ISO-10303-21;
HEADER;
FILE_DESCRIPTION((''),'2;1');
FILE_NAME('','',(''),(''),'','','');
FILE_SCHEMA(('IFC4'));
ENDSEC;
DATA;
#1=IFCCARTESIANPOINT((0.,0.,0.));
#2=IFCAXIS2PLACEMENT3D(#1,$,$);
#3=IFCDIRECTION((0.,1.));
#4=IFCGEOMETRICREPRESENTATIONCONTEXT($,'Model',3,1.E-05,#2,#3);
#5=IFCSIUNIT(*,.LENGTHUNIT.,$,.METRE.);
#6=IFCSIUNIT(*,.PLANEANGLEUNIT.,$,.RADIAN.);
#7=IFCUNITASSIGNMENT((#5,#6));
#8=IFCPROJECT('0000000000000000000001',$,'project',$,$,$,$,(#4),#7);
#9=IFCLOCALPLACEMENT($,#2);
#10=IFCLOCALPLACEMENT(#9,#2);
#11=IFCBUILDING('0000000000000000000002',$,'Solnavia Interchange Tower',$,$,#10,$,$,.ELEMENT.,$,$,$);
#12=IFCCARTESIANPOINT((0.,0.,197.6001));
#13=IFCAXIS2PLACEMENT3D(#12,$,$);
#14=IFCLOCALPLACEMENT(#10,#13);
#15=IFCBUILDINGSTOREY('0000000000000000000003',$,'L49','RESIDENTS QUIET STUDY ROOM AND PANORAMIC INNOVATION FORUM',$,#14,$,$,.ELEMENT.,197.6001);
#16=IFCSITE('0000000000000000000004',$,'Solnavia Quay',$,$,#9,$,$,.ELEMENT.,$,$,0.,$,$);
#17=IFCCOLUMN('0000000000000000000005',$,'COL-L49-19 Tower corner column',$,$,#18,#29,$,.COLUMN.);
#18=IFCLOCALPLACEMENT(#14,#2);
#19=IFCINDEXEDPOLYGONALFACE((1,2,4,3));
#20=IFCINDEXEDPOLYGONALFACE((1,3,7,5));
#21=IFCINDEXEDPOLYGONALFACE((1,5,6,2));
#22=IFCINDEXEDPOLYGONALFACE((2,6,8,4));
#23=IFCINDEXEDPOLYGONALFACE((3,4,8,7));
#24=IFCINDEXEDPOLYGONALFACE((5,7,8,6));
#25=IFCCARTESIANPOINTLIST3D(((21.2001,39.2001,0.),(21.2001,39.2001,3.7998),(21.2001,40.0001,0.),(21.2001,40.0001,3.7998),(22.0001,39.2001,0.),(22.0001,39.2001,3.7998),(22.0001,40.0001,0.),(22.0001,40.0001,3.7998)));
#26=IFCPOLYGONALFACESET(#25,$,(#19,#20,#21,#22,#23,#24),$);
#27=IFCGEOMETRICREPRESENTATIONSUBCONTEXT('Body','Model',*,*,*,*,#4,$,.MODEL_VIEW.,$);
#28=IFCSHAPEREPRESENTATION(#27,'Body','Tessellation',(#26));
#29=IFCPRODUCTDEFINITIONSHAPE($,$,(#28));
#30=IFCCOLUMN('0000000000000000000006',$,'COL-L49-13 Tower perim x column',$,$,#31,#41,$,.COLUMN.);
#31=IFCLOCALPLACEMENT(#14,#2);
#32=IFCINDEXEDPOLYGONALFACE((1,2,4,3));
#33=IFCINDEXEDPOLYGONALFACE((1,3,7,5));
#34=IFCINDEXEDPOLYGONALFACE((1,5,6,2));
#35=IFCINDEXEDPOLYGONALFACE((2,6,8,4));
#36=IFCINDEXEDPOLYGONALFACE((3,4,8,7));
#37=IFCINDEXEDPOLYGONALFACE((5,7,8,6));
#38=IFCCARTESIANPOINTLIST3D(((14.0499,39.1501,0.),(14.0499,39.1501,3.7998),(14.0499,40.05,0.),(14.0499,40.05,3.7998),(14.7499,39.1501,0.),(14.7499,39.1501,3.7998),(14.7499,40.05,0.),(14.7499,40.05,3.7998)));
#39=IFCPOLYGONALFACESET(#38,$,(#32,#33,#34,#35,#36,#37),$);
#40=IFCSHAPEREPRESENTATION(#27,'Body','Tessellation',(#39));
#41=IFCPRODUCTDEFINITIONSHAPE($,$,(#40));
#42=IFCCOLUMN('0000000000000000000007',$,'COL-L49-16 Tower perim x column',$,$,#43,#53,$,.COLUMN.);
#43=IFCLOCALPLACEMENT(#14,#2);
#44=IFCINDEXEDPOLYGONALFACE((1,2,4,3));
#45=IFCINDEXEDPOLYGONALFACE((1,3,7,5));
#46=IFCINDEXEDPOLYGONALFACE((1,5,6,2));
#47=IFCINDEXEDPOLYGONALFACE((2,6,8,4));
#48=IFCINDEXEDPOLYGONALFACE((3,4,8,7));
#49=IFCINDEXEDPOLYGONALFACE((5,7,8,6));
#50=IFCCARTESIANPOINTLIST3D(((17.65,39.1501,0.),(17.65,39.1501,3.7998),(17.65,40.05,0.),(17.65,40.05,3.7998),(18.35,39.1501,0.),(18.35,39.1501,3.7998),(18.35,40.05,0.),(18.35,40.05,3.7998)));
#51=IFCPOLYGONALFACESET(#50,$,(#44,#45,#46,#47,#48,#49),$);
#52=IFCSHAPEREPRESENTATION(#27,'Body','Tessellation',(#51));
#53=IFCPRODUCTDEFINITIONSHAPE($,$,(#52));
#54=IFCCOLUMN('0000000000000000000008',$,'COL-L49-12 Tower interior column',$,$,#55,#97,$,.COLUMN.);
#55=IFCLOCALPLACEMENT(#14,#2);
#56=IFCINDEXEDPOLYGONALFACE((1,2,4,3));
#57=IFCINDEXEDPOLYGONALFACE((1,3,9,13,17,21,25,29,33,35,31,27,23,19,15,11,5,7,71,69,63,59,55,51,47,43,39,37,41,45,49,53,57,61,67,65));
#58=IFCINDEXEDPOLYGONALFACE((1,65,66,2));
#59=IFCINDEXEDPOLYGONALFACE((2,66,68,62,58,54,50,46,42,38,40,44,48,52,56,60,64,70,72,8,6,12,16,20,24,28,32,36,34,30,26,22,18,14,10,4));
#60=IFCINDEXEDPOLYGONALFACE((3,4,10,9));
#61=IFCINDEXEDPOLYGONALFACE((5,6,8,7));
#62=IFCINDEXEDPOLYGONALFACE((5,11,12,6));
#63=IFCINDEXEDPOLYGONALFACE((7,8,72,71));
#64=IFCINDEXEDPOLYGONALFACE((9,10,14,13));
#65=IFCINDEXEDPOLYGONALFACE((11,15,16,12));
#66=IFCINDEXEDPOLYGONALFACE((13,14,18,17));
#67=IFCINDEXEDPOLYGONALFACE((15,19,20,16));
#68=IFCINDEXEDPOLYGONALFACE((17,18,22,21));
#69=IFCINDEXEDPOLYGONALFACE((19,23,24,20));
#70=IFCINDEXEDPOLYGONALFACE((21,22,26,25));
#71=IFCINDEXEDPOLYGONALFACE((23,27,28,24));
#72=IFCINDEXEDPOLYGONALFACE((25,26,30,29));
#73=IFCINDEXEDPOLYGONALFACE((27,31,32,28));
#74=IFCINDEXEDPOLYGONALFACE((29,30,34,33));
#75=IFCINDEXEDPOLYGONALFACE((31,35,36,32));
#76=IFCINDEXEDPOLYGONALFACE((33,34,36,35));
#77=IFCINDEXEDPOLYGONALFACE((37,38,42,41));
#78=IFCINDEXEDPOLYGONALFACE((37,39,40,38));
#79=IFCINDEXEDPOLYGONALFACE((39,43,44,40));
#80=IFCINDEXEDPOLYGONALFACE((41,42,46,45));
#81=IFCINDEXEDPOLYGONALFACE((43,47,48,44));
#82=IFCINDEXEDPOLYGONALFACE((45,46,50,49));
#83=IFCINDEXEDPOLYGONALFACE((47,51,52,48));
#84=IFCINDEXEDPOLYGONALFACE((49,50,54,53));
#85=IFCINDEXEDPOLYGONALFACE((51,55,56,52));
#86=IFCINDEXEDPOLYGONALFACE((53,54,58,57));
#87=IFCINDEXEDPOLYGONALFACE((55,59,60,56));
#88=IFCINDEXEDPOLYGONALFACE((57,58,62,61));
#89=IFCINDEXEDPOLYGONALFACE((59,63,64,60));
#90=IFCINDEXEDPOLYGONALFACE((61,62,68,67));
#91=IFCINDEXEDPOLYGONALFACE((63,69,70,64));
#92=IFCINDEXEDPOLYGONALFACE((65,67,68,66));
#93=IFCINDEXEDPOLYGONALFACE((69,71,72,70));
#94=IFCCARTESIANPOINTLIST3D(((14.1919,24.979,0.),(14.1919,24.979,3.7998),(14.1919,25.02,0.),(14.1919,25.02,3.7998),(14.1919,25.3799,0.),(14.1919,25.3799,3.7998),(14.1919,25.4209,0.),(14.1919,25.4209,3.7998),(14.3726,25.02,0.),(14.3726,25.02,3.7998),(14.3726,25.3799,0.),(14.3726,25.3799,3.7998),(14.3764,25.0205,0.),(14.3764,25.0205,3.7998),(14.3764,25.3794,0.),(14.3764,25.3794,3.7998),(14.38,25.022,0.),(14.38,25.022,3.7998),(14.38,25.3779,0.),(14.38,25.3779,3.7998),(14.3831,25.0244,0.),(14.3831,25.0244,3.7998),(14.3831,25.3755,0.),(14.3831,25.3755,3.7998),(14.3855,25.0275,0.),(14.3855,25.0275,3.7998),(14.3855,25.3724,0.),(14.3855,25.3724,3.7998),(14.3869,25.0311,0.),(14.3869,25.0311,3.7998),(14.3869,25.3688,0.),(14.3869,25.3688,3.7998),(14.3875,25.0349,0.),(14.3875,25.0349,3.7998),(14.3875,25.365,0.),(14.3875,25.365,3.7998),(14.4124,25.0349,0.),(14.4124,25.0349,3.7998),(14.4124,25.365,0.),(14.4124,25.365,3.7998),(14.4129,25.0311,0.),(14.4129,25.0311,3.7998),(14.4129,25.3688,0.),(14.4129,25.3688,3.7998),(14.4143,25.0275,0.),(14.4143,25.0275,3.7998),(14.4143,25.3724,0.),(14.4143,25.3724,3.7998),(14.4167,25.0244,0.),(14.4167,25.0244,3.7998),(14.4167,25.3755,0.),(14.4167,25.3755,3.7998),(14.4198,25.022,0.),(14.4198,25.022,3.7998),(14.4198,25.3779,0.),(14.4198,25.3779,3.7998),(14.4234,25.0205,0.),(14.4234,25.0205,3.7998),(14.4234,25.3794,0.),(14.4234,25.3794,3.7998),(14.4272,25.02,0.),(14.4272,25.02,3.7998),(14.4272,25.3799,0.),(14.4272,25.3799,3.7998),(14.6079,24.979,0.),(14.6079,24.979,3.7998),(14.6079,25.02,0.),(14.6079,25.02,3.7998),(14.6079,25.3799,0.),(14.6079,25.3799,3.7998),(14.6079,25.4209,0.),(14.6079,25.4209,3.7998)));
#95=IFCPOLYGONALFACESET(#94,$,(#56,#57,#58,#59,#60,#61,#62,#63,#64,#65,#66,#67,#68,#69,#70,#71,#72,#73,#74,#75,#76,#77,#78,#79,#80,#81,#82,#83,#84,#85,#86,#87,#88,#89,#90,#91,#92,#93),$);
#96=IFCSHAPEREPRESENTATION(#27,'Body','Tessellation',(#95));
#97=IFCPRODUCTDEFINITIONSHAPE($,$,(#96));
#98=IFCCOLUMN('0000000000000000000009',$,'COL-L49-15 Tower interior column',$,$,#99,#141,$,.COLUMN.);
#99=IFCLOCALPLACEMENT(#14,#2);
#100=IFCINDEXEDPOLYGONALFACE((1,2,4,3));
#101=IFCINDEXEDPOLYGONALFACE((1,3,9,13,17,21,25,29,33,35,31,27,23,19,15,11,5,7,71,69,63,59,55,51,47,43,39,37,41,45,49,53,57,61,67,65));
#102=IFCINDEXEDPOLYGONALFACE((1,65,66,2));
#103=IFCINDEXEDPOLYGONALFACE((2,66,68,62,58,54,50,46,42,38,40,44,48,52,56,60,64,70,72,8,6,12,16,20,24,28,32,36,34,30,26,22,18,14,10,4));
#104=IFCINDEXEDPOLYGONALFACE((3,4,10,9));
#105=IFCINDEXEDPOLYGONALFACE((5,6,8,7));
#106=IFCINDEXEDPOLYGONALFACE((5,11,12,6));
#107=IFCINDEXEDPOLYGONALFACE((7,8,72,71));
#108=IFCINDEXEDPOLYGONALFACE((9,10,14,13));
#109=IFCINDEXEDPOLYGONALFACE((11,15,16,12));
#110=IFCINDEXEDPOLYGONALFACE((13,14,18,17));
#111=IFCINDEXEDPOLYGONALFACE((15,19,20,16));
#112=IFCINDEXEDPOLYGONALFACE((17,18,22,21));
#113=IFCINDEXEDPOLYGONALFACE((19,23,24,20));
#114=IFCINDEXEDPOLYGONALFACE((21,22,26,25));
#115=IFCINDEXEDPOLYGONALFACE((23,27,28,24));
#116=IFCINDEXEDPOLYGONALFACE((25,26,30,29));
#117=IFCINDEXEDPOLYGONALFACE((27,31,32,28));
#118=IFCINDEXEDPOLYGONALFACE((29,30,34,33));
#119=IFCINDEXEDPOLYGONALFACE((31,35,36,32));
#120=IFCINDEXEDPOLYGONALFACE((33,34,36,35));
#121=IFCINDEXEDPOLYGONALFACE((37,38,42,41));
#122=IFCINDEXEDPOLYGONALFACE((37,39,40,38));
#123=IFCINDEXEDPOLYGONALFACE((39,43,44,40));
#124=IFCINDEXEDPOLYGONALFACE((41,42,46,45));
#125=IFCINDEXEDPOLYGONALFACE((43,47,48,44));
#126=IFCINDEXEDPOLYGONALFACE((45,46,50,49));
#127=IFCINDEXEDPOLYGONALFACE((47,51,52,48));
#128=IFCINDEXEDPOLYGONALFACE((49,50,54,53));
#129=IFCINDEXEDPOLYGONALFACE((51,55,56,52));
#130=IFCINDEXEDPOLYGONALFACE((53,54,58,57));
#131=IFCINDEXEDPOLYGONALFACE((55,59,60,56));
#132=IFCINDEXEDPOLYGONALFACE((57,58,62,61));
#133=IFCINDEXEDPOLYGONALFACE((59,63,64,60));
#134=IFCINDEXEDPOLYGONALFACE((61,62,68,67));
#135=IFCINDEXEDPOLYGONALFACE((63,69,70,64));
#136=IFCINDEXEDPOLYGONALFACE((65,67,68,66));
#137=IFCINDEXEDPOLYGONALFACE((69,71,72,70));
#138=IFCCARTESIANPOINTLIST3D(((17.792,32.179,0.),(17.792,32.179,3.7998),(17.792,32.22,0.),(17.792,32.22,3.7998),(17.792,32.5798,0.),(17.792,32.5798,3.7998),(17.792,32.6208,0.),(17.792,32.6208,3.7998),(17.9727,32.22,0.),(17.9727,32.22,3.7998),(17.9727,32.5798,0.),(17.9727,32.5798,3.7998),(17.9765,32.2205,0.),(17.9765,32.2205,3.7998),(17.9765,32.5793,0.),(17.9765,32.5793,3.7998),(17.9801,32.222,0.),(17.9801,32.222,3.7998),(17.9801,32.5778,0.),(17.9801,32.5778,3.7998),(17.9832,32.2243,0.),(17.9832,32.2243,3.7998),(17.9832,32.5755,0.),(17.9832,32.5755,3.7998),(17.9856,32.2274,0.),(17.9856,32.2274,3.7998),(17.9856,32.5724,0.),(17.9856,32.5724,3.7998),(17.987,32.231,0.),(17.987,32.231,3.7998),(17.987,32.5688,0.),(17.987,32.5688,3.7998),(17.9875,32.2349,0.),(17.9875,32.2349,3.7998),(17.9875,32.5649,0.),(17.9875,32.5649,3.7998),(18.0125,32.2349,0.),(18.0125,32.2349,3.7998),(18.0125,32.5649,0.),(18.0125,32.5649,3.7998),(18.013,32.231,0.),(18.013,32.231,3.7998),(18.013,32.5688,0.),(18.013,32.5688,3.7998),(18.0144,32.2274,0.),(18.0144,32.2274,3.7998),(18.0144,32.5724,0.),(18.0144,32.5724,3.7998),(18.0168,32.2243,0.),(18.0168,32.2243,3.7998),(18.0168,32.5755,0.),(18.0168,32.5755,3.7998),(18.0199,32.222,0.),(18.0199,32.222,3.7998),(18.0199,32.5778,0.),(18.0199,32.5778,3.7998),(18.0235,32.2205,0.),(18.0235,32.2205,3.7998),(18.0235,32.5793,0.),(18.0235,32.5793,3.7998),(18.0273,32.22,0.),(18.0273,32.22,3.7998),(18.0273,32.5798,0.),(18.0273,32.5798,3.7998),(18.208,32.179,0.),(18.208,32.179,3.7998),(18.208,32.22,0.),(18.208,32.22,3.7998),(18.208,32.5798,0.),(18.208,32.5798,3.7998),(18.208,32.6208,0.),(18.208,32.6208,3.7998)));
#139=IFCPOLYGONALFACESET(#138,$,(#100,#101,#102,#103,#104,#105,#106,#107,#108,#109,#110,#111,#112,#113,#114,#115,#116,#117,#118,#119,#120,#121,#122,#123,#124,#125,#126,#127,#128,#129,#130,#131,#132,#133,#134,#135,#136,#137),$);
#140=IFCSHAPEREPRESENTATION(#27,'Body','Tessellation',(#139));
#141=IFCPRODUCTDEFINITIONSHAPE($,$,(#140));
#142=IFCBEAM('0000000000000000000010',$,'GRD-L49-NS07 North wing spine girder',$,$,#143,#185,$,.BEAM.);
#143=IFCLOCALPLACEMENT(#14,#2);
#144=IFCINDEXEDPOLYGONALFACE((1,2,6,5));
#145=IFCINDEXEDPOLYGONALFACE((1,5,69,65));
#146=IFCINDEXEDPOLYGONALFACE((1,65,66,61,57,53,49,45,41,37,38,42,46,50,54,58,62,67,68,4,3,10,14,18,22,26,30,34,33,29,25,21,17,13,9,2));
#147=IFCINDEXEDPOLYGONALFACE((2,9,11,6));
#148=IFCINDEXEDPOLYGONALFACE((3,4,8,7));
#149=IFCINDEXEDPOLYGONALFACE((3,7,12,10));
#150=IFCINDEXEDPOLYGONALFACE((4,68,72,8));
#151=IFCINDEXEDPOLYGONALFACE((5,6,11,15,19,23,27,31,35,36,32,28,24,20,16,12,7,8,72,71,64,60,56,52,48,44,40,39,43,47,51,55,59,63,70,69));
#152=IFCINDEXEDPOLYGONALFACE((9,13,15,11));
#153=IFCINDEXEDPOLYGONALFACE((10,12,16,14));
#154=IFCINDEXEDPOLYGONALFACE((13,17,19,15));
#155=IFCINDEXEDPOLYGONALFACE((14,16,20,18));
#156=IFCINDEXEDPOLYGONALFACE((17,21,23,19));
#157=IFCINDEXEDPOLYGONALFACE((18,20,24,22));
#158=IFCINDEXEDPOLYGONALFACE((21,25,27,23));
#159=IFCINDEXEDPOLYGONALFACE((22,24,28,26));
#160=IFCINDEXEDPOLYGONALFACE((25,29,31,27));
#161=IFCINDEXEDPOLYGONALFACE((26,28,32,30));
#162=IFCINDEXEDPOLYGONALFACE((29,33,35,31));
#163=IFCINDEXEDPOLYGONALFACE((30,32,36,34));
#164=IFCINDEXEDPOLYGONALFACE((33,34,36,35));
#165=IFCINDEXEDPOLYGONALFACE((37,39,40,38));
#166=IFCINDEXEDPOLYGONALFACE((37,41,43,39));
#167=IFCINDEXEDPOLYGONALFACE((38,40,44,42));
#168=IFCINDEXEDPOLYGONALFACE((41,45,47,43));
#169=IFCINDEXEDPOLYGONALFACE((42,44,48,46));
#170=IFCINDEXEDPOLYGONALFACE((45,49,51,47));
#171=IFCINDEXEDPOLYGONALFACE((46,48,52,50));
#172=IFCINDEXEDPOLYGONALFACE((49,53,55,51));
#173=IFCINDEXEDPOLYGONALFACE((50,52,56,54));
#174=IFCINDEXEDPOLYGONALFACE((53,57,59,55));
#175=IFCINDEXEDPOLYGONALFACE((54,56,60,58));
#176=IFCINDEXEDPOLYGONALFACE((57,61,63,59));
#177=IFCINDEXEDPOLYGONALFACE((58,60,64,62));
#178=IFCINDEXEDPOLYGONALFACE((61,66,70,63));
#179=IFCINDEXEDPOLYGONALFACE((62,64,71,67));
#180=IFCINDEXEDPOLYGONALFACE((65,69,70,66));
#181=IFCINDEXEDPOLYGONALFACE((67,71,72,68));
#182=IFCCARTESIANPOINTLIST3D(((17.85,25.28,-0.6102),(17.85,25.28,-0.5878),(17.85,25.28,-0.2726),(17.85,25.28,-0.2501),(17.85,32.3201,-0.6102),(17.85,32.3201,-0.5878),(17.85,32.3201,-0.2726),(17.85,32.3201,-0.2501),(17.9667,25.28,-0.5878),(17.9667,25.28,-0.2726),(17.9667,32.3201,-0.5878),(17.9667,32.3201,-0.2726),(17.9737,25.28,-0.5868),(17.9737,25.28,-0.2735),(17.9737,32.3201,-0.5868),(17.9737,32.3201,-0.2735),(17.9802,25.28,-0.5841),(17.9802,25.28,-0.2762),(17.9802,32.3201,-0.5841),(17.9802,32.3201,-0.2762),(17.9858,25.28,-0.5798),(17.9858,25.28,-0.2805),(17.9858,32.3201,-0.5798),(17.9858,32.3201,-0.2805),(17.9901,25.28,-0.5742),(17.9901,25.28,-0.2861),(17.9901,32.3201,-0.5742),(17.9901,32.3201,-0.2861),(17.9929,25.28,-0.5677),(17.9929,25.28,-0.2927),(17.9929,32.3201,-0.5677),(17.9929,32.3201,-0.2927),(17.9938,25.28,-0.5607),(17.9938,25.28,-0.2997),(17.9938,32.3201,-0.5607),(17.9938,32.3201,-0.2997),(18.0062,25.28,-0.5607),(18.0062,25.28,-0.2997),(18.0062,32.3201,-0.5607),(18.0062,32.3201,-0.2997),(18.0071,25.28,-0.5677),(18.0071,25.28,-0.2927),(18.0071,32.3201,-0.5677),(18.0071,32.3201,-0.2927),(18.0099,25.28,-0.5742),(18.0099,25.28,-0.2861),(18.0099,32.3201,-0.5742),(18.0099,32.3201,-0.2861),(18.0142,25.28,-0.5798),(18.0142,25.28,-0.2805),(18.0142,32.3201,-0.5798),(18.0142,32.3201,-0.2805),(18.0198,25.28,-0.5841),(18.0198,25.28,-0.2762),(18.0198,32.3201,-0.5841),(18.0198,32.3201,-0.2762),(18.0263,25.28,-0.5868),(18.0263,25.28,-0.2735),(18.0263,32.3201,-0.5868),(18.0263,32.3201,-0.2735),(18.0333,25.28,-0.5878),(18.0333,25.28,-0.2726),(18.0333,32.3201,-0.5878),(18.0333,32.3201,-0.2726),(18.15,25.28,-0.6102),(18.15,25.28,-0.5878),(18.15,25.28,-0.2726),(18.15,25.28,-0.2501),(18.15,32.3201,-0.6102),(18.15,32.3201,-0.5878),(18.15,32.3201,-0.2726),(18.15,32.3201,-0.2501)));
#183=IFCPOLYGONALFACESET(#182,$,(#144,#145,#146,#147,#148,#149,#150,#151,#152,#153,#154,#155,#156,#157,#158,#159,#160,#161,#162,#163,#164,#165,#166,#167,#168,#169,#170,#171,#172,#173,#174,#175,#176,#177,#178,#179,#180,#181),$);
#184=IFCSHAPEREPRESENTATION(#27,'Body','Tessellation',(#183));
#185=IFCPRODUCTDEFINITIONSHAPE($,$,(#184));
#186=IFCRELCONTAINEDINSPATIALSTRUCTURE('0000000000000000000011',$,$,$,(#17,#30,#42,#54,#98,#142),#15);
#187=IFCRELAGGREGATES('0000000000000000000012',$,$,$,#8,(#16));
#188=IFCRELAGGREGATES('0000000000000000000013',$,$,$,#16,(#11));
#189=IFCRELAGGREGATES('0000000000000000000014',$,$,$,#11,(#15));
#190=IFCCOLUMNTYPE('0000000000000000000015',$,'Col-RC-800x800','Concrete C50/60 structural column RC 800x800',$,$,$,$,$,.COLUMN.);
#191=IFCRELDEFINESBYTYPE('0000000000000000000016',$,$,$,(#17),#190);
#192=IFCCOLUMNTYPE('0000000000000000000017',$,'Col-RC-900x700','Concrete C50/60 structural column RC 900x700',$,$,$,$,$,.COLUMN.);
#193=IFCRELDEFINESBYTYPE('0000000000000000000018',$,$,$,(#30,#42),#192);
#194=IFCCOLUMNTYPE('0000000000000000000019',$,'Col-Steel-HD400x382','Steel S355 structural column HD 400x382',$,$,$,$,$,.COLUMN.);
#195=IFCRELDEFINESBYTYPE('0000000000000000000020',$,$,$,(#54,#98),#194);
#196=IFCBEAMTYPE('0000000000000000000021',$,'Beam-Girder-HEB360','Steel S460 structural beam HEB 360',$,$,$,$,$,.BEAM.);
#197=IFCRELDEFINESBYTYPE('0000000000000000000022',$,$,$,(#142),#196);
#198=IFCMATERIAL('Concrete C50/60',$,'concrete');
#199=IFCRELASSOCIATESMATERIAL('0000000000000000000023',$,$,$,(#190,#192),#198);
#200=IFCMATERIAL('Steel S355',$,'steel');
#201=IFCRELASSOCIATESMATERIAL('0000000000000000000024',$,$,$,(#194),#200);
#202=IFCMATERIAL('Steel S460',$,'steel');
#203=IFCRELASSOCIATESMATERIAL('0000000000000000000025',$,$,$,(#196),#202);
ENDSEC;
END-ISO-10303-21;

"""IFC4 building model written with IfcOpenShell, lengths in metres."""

from ifc_helpers import new_model, si_unit, direction, frame, origin, origin_2d, place, context, subcontext, project, spatial, rectangle, i_section, extrude, material, material_profile, profile_set, type_object, element, save


model = new_model("IFC4")

# Units and contexts
model_context = context("Model", 3, precision=1e-05, world=origin(), true_north=direction((0.0, 1.0)))
body_context = subcontext(model_context, "Body", "Model", "MODEL_VIEW")
ifc_project = project(units=[si_unit("LENGTHUNIT", "METRE"), si_unit("PLANEANGLEUNIT", "RADIAN")], contexts=[model_context])

# Site, building, storey
site_placement = place(None, origin())
site = spatial("IfcSite", under=ifc_project, at=site_placement, Name="Solnavia Quay", CompositionType="ELEMENT", RefElevation=0.0)
building_placement = place(site_placement, origin())
building = spatial("IfcBuilding", under=site, at=building_placement, Name="Solnavia Interchange Tower", CompositionType="ELEMENT")
storey_placement = place(building_placement, frame((0.0, 0.0, 197.6001)))
storey = spatial("IfcBuildingStorey", under=building, at=storey_placement, Name="L49", Description="RESIDENTS QUIET STUDY ROOM AND PANORAMIC INNOVATION FORUM", CompositionType="ELEMENT", Elevation=197.6001)

# Columns
ifc_material_1 = material(Name="Concrete C50/60", Category="concrete")
ifc_material_profile_1 = material_profile(ifc_material_1, rectangle(XDim=0.8, YDim=0.8, at=origin_2d()), Name="RC 800x800")
ifc_profile_set_1 = profile_set([ifc_material_profile_1], Name="Concrete C50/60")
column_type_1 = type_object("IfcColumnType", Name="Col-RC-800x800", Description="Concrete C50/60 structural column RC 800x800", PredefinedType="COLUMN", material=ifc_profile_set_1)
column_placement = place(storey_placement, frame((21.6001, 39.6001, 0.0), z_axis=(0.0, 0.0, 1.0), x_axis=(1.0, 0.0, 0.0)))
element("IfcColumn", 1, at=column_placement, inside=storey, type_object=column_type_1, Name="COL-L49-19 Tower corner column", PredefinedType="COLUMN", context=body_context, shape_type="SweptSolid", body=[
    extrude(rectangle(XDim=0.8, YDim=0.8, at=origin_2d()), origin(), (0.0, 0.0, 1.0), 3.7998),
])
ifc_material_profile_2 = material_profile(ifc_material_1, rectangle(XDim=0.7, YDim=0.8999, at=origin_2d()), Name="RC 900x700")
ifc_profile_set_2 = profile_set([ifc_material_profile_2], Name="Concrete C50/60")
column_type_2 = type_object("IfcColumnType", Name="Col-RC-900x700", Description="Concrete C50/60 structural column RC 900x700", PredefinedType="COLUMN", material=ifc_profile_set_2)
for number, where, z_axis, x_axis, name in (
    (2, (14.3999, 39.6001, 0.0), (0.0, 0.0, 1.0), (1.0, 0.0, 0.0), "COL-L49-13 Tower perim x column"),
    (3, (18.0, 39.6001, 0.0), (0.0, 0.0, 1.0), (1.0, 0.0, 0.0), "COL-L49-16 Tower perim x column"),
):
    element("IfcColumn", number, at=place(storey_placement, frame(where, z_axis=z_axis, x_axis=x_axis)), inside=storey, type_object=column_type_2, Name=name, PredefinedType="COLUMN", context=body_context, shape_type="SweptSolid", body=[
        extrude(rectangle(XDim=0.7, YDim=0.8999, at=origin_2d()), origin(), (0.0, 0.0, 1.0), 3.7998),
    ])
ifc_material_2 = material(Name="Steel S355", Category="steel")
ifc_material_profile_3 = material_profile(ifc_material_2, i_section(OverallWidth=0.416, OverallDepth=0.4419, WebThickness=0.0249, FlangeThickness=0.041, FilletRadius=0.0149, at=origin_2d()), Name="HD 400x382")
ifc_profile_set_3 = profile_set([ifc_material_profile_3], Name="Steel S355")
column_type_3 = type_object("IfcColumnType", Name="Col-Steel-HD400x382", Description="Steel S355 structural column HD 400x382", PredefinedType="COLUMN", material=ifc_profile_set_3)
for number, where, z_axis, x_axis, name in (
    (4, (14.3999, 25.2, 0.0), (0.0, 0.0, 1.0), (1.0, 0.0, 0.0), "COL-L49-12 Tower interior column"),
    (5, (18.0, 32.3999, 0.0), (0.0, 0.0, 1.0), (1.0, 0.0, 0.0), "COL-L49-15 Tower interior column"),
):
    element("IfcColumn", number, at=place(storey_placement, frame(where, z_axis=z_axis, x_axis=x_axis)), inside=storey, type_object=column_type_3, Name=name, PredefinedType="COLUMN", context=body_context, shape_type="SweptSolid", body=[
        extrude(i_section(OverallWidth=0.416, OverallDepth=0.4419, WebThickness=0.0249, FlangeThickness=0.041, FilletRadius=0.0149, at=origin_2d()), origin(), (0.0, 0.0, 1.0), 3.7998),
    ])

# Beam
ifc_material_3 = material(Name="Steel S460", Category="steel")
ifc_material_profile_4 = material_profile(ifc_material_3, i_section(OverallWidth=0.3, OverallDepth=0.3601, WebThickness=0.0125, FlangeThickness=0.0225, FilletRadius=0.0271, at=origin_2d()), Name="HEB 360")
ifc_profile_set_4 = profile_set([ifc_material_profile_4], Name="Steel S460")
beam_type_1 = type_object("IfcBeamType", Name="Beam-Girder-HEB360", Description="Steel S460 structural beam HEB 360", PredefinedType="BEAM", material=ifc_profile_set_4)
for number, where, z_axis, x_axis, name in (
    (6, (18.0, 25.28, -0.4302), (0.0, 1.0, 0.0), (-1.0, 0.0, 0.0), "GRD-L49-NS07 North wing spine girder"),
):
    element("IfcBeam", number, at=place(storey_placement, frame(where, z_axis=z_axis, x_axis=x_axis)), inside=storey, type_object=beam_type_1, Name=name, PredefinedType="BEAM", context=body_context, shape_type="SweptSolid", body=[
        extrude(i_section(OverallWidth=0.3, OverallDepth=0.3601, WebThickness=0.0125, FlangeThickness=0.0225, FilletRadius=0.0271, at=origin_2d()), origin(), (0.0, 0.0, 1.0), 7.04),
    ])

save(model, "model.ifc")
